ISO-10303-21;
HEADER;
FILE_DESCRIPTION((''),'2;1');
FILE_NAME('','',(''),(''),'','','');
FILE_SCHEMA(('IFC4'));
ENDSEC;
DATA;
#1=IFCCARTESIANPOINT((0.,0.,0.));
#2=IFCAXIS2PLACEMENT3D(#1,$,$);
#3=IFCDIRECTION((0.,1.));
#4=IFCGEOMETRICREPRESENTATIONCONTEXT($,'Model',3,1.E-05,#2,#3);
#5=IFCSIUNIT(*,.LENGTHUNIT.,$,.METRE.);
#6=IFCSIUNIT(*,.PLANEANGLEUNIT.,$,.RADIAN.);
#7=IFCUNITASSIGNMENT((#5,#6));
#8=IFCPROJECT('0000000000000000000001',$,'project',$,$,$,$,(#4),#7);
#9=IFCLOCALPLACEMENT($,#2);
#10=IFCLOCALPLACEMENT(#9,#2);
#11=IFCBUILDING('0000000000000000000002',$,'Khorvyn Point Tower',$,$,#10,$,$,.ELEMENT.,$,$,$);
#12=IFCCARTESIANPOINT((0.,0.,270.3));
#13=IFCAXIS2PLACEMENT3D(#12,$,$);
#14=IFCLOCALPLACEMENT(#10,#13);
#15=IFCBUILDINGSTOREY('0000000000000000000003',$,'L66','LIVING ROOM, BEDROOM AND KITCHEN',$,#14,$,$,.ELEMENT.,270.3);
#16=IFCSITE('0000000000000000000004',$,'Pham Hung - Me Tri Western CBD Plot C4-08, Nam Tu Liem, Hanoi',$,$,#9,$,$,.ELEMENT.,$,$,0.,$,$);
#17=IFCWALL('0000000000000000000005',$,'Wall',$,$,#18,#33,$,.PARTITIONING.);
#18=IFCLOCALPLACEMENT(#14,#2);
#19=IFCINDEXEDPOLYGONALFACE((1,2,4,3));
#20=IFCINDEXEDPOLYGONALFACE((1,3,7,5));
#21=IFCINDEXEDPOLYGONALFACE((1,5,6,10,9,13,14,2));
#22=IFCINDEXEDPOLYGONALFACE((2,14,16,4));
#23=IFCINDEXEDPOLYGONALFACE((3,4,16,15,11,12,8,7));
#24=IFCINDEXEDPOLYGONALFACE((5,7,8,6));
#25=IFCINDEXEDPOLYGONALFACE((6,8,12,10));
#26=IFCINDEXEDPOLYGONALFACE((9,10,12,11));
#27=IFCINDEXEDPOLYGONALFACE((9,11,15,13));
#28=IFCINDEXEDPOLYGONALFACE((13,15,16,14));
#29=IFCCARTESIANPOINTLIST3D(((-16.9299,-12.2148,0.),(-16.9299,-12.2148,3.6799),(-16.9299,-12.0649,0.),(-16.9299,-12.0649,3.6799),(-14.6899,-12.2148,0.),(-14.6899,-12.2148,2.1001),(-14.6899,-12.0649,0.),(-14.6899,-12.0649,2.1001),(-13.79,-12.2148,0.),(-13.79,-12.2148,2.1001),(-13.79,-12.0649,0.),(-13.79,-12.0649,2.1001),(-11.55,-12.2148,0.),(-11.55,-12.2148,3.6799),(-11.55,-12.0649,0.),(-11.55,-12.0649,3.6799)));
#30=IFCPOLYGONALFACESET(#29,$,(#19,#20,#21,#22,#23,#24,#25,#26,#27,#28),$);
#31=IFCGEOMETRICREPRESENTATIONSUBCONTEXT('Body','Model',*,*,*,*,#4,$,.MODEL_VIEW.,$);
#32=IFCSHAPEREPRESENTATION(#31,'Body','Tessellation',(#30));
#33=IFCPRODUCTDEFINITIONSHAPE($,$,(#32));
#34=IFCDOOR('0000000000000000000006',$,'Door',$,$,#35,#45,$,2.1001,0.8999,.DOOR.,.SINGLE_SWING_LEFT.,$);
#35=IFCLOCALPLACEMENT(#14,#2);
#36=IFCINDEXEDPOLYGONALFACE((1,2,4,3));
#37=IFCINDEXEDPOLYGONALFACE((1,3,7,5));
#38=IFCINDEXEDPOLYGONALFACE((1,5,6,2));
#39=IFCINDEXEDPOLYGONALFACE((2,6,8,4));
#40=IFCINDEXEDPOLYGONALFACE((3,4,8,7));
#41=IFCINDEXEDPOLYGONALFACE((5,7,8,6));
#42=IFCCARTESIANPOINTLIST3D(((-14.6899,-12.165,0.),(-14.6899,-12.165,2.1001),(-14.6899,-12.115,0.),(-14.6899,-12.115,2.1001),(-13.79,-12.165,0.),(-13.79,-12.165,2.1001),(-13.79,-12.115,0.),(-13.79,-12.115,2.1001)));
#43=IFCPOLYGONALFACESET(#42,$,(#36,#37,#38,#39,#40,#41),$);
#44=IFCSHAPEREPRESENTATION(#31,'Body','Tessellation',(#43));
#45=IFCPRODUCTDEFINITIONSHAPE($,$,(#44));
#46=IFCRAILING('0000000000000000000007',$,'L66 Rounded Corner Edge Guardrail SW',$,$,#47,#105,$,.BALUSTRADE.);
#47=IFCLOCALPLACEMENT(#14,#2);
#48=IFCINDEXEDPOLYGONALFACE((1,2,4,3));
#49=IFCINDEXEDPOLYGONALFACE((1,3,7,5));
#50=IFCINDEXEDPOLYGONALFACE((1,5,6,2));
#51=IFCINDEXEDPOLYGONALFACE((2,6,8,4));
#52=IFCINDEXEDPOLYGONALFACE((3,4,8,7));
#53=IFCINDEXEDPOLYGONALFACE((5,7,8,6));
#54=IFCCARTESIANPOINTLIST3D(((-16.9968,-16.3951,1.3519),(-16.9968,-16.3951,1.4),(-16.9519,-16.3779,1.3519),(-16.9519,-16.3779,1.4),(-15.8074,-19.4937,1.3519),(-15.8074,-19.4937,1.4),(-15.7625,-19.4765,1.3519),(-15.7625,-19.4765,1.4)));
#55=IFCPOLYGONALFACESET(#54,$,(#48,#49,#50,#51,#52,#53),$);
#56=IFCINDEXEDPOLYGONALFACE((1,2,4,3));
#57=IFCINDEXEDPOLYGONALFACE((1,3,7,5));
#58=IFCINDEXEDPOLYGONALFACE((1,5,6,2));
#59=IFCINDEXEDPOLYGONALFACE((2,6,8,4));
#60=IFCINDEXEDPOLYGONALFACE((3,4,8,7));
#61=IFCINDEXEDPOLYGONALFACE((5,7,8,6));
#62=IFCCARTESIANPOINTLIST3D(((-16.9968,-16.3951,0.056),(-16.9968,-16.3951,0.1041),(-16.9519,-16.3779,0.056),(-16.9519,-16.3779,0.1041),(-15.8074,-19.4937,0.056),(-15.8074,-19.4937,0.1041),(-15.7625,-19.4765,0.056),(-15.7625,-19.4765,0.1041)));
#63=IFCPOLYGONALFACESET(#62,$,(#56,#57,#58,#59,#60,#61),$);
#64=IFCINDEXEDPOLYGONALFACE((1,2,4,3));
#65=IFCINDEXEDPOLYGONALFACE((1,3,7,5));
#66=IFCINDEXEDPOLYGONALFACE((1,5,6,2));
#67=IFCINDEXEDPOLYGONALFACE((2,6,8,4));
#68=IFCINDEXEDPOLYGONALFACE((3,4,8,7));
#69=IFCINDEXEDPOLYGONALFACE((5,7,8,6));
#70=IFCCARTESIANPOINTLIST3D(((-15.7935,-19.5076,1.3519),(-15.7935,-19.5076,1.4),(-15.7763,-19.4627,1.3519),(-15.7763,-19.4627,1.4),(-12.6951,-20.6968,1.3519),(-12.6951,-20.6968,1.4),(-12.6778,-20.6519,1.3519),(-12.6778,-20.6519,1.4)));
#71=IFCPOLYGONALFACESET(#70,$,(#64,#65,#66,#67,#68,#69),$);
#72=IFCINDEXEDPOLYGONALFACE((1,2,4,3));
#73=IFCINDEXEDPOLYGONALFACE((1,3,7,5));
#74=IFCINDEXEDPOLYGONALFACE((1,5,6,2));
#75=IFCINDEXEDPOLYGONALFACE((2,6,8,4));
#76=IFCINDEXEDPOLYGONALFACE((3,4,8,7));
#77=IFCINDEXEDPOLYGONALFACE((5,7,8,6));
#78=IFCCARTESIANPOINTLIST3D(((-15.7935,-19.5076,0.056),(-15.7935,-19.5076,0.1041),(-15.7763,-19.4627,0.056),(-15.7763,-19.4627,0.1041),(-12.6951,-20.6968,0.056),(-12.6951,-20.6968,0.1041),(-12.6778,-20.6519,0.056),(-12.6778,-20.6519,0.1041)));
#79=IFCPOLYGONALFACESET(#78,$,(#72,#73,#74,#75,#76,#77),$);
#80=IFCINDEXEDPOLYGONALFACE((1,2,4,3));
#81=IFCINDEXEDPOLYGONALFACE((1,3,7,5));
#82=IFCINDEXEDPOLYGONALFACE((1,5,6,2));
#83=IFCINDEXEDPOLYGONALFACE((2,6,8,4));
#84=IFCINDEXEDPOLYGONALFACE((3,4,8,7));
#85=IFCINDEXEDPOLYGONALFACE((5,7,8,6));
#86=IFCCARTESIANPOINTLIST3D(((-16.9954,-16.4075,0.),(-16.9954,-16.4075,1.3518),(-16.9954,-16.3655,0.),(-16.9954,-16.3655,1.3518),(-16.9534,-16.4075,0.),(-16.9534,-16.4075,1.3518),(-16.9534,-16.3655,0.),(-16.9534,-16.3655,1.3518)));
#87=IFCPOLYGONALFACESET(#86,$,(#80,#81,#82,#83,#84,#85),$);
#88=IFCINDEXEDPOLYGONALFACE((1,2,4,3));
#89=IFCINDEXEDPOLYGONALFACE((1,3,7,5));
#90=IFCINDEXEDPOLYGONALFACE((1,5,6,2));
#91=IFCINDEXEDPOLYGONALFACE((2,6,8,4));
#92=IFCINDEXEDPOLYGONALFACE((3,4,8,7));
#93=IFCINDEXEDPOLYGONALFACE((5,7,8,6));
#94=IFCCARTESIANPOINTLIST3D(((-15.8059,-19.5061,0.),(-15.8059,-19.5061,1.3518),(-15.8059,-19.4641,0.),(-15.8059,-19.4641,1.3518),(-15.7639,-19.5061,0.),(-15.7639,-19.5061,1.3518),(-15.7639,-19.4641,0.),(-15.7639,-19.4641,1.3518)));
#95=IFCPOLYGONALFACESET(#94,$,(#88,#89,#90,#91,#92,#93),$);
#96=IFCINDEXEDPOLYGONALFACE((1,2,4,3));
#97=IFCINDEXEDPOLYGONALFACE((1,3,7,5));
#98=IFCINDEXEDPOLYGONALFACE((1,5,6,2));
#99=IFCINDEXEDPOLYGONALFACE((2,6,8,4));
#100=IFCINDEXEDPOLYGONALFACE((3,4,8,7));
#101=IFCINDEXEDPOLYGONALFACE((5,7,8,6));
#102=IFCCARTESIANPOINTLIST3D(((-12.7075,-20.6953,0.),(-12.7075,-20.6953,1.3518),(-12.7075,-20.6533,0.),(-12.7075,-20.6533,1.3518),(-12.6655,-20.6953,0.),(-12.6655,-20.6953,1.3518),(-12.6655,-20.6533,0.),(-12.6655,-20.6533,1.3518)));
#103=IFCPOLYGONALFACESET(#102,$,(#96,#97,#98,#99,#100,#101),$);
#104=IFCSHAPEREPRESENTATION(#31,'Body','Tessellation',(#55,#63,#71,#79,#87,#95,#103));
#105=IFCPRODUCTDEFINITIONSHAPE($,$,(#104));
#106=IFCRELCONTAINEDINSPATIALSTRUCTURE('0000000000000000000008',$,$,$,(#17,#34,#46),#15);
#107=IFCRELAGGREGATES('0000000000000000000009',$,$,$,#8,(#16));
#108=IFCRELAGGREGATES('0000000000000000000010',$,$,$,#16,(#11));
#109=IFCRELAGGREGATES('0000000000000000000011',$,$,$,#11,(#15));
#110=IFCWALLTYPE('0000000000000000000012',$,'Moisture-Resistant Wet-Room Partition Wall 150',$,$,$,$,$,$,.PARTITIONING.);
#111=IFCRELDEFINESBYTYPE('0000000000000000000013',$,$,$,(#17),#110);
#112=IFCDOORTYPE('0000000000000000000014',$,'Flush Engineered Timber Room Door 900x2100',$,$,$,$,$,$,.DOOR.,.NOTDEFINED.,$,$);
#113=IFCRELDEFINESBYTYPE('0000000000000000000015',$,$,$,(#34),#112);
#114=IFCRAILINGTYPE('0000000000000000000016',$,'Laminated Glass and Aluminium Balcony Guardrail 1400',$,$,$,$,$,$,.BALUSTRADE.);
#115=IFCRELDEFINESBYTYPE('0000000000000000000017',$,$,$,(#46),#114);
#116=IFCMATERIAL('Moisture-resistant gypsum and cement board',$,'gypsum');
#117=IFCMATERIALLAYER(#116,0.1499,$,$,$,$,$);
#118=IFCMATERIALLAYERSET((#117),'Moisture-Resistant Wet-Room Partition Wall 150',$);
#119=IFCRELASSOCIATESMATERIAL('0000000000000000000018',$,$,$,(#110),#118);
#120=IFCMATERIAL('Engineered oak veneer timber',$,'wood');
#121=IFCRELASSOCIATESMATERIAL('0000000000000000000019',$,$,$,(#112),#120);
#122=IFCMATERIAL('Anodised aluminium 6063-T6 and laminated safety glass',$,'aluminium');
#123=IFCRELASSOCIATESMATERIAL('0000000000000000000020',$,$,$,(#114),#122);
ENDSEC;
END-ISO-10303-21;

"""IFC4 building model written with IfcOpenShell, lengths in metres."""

from ifc_helpers import new_model, si_unit, direction, frame, frame_2d, origin, origin_2d, place, context, subcontext, project, spatial, rectangle, extrude, material, layer, layer_set, type_object, element, fill, save


model = new_model("IFC4")

# Units and contexts
model_context = context("Model", 3, precision=1e-05, world=origin(), true_north=direction((0.0, 1.0)))
body_context = subcontext(model_context, "Body", "Model", "MODEL_VIEW")
ifc_project = project(units=[si_unit("LENGTHUNIT", "METRE"), si_unit("PLANEANGLEUNIT", "RADIAN")], contexts=[model_context])

# Site, building, storey
site_placement = place(None, origin())
site = spatial("IfcSite", under=ifc_project, at=site_placement, Name="Pham Hung - Me Tri Western CBD Plot C4-08, Nam Tu Liem, Hanoi", CompositionType="ELEMENT", RefElevation=0.0)
building_placement = place(site_placement, origin())
building = spatial("IfcBuilding", under=site, at=building_placement, Name="Khorvyn Point Tower", CompositionType="ELEMENT")
storey_placement = place(building_placement, frame((0.0, 0.0, 270.3)))
storey = spatial("IfcBuildingStorey", under=building, at=storey_placement, Name="L66", Description="LIVING ROOM, BEDROOM AND KITCHEN", CompositionType="ELEMENT", Elevation=270.3)

# Wall, opening, door
ifc_material_1 = material(Name="Moisture-resistant gypsum and cement board", Category="gypsum")
ifc_layer_1 = layer(ifc_material_1, 0.1499)
ifc_layer_set_1 = layer_set([ifc_layer_1], Name="Moisture-Resistant Wet-Room Partition Wall 150")
wall_type = type_object("IfcWallType", Name="Moisture-Resistant Wet-Room Partition Wall 150", PredefinedType="PARTITIONING", material=ifc_layer_set_1)
wall_placement = place(storey_placement, frame((-16.9299, -12.1399, 0.0), z_axis=(0.0, 0.0, 1.0), x_axis=(1.0, 0.0, 0.0)))
wall = element("IfcWall", 1, at=wall_placement, inside=storey, type_object=wall_type, Name="Wall", PredefinedType="PARTITIONING", context=body_context, shape_type="SweptSolid", body=[
    extrude(rectangle(XDim=5.3799, YDim=0.1499, at=frame_2d((2.6899, 0.0))), origin(), (0.0, 0.0, 1.0), 3.6799),
])
opening_placement = place(wall_placement, frame((2.24, 0.0, 0.0)))
opening = element("IfcOpeningElement", 2, at=opening_placement, cuts=wall, PredefinedType="OPENING", context=body_context, shape_type="SweptSolid", body=[
    extrude(rectangle(XDim=0.8999, YDim=2.1001, at=frame_2d((0.45, 1.05))), frame((0.0, 0.085, 0.0), z_axis=(0.0, -1.0, 0.0), x_axis=(1.0, 0.0, 0.0)), (0.0, 0.0, 1.0), 0.1699),
])
ifc_material_2 = material(Name="Engineered oak veneer timber", Category="wood")
door_type = type_object("IfcDoorType", Name="Flush Engineered Timber Room Door 900x2100", OperationType="NOTDEFINED", PredefinedType="DOOR", material=ifc_material_2)
door_placement = place(opening_placement, origin())
door = element("IfcDoor", 3, at=door_placement, inside=storey, type_object=door_type, Name="Door", OperationType="SINGLE_SWING_LEFT", OverallHeight=2.1001, OverallWidth=0.8999, PredefinedType="DOOR", context=body_context, shape_type="SweptSolid", body=[
    extrude(rectangle(XDim=0.8999, YDim=2.1001, at=frame_2d((0.45, 1.05))), frame((0.0, 0.0249, 0.0), z_axis=(0.0, -1.0, 0.0), x_axis=(1.0, 0.0, 0.0)), (0.0, 0.0, 1.0), 0.05),
])
fill(opening, door)

# Railing
ifc_material_3 = material(Name="Anodised aluminium 6063-T6 and laminated safety glass", Category="aluminium")
railing_type = type_object("IfcRailingType", Name="Laminated Glass and Aluminium Balcony Guardrail 1400", PredefinedType="BALUSTRADE", material=ifc_material_3)
railing_placement = place(storey_placement, frame((-16.9744, -16.3865, 0.0)))
element("IfcRailing", 4, at=railing_placement, inside=storey, type_object=railing_type, Name="L66 Rounded Corner Edge Guardrail SW", PredefinedType="BALUSTRADE", context=body_context, shape_type="SweptSolid", body=[
    extrude(rectangle(XDim=0.0481, YDim=0.0481, at=origin_2d()), frame((0.0, 0.0, 1.376), z_axis=(0.358368, -0.93358, 0.0), x_axis=(0.93358, 0.358368, 0.0)), (0.0, 0.0, 1.0), 3.3191),
    extrude(rectangle(XDim=0.0481, YDim=0.0481, at=origin_2d()), frame((0.0, 0.0, 0.0801), z_axis=(0.358368, -0.93358, 0.0), x_axis=(0.93358, 0.358368, 0.0)), (0.0, 0.0, 1.0), 3.3191),
    extrude(rectangle(XDim=0.0481, YDim=0.0481, at=origin_2d()), frame((1.1895, -3.0986, 1.376), z_axis=(0.933596, -0.358328, 0.0), x_axis=(0.358328, 0.933596, 0.0)), (0.0, 0.0, 1.0), 3.3188),
    extrude(rectangle(XDim=0.0481, YDim=0.0481, at=origin_2d()), frame((1.1895, -3.0986, 0.0801), z_axis=(0.933596, -0.358328, 0.0), x_axis=(0.358328, 0.933596, 0.0)), (0.0, 0.0, 1.0), 3.3188),
    extrude(rectangle(XDim=0.042, YDim=0.042, at=origin_2d()), origin(), (0.0, 0.0, 1.0), 1.3518),
    extrude(rectangle(XDim=0.042, YDim=0.042, at=origin_2d()), frame((1.1895, -3.0986, 0.0)), (0.0, 0.0, 1.0), 1.3518),
    extrude(rectangle(XDim=0.042, YDim=0.042, at=origin_2d()), frame((4.2878, -4.2878, 0.0)), (0.0, 0.0, 1.0), 1.3518),
])

save(model, "model.ifc")
